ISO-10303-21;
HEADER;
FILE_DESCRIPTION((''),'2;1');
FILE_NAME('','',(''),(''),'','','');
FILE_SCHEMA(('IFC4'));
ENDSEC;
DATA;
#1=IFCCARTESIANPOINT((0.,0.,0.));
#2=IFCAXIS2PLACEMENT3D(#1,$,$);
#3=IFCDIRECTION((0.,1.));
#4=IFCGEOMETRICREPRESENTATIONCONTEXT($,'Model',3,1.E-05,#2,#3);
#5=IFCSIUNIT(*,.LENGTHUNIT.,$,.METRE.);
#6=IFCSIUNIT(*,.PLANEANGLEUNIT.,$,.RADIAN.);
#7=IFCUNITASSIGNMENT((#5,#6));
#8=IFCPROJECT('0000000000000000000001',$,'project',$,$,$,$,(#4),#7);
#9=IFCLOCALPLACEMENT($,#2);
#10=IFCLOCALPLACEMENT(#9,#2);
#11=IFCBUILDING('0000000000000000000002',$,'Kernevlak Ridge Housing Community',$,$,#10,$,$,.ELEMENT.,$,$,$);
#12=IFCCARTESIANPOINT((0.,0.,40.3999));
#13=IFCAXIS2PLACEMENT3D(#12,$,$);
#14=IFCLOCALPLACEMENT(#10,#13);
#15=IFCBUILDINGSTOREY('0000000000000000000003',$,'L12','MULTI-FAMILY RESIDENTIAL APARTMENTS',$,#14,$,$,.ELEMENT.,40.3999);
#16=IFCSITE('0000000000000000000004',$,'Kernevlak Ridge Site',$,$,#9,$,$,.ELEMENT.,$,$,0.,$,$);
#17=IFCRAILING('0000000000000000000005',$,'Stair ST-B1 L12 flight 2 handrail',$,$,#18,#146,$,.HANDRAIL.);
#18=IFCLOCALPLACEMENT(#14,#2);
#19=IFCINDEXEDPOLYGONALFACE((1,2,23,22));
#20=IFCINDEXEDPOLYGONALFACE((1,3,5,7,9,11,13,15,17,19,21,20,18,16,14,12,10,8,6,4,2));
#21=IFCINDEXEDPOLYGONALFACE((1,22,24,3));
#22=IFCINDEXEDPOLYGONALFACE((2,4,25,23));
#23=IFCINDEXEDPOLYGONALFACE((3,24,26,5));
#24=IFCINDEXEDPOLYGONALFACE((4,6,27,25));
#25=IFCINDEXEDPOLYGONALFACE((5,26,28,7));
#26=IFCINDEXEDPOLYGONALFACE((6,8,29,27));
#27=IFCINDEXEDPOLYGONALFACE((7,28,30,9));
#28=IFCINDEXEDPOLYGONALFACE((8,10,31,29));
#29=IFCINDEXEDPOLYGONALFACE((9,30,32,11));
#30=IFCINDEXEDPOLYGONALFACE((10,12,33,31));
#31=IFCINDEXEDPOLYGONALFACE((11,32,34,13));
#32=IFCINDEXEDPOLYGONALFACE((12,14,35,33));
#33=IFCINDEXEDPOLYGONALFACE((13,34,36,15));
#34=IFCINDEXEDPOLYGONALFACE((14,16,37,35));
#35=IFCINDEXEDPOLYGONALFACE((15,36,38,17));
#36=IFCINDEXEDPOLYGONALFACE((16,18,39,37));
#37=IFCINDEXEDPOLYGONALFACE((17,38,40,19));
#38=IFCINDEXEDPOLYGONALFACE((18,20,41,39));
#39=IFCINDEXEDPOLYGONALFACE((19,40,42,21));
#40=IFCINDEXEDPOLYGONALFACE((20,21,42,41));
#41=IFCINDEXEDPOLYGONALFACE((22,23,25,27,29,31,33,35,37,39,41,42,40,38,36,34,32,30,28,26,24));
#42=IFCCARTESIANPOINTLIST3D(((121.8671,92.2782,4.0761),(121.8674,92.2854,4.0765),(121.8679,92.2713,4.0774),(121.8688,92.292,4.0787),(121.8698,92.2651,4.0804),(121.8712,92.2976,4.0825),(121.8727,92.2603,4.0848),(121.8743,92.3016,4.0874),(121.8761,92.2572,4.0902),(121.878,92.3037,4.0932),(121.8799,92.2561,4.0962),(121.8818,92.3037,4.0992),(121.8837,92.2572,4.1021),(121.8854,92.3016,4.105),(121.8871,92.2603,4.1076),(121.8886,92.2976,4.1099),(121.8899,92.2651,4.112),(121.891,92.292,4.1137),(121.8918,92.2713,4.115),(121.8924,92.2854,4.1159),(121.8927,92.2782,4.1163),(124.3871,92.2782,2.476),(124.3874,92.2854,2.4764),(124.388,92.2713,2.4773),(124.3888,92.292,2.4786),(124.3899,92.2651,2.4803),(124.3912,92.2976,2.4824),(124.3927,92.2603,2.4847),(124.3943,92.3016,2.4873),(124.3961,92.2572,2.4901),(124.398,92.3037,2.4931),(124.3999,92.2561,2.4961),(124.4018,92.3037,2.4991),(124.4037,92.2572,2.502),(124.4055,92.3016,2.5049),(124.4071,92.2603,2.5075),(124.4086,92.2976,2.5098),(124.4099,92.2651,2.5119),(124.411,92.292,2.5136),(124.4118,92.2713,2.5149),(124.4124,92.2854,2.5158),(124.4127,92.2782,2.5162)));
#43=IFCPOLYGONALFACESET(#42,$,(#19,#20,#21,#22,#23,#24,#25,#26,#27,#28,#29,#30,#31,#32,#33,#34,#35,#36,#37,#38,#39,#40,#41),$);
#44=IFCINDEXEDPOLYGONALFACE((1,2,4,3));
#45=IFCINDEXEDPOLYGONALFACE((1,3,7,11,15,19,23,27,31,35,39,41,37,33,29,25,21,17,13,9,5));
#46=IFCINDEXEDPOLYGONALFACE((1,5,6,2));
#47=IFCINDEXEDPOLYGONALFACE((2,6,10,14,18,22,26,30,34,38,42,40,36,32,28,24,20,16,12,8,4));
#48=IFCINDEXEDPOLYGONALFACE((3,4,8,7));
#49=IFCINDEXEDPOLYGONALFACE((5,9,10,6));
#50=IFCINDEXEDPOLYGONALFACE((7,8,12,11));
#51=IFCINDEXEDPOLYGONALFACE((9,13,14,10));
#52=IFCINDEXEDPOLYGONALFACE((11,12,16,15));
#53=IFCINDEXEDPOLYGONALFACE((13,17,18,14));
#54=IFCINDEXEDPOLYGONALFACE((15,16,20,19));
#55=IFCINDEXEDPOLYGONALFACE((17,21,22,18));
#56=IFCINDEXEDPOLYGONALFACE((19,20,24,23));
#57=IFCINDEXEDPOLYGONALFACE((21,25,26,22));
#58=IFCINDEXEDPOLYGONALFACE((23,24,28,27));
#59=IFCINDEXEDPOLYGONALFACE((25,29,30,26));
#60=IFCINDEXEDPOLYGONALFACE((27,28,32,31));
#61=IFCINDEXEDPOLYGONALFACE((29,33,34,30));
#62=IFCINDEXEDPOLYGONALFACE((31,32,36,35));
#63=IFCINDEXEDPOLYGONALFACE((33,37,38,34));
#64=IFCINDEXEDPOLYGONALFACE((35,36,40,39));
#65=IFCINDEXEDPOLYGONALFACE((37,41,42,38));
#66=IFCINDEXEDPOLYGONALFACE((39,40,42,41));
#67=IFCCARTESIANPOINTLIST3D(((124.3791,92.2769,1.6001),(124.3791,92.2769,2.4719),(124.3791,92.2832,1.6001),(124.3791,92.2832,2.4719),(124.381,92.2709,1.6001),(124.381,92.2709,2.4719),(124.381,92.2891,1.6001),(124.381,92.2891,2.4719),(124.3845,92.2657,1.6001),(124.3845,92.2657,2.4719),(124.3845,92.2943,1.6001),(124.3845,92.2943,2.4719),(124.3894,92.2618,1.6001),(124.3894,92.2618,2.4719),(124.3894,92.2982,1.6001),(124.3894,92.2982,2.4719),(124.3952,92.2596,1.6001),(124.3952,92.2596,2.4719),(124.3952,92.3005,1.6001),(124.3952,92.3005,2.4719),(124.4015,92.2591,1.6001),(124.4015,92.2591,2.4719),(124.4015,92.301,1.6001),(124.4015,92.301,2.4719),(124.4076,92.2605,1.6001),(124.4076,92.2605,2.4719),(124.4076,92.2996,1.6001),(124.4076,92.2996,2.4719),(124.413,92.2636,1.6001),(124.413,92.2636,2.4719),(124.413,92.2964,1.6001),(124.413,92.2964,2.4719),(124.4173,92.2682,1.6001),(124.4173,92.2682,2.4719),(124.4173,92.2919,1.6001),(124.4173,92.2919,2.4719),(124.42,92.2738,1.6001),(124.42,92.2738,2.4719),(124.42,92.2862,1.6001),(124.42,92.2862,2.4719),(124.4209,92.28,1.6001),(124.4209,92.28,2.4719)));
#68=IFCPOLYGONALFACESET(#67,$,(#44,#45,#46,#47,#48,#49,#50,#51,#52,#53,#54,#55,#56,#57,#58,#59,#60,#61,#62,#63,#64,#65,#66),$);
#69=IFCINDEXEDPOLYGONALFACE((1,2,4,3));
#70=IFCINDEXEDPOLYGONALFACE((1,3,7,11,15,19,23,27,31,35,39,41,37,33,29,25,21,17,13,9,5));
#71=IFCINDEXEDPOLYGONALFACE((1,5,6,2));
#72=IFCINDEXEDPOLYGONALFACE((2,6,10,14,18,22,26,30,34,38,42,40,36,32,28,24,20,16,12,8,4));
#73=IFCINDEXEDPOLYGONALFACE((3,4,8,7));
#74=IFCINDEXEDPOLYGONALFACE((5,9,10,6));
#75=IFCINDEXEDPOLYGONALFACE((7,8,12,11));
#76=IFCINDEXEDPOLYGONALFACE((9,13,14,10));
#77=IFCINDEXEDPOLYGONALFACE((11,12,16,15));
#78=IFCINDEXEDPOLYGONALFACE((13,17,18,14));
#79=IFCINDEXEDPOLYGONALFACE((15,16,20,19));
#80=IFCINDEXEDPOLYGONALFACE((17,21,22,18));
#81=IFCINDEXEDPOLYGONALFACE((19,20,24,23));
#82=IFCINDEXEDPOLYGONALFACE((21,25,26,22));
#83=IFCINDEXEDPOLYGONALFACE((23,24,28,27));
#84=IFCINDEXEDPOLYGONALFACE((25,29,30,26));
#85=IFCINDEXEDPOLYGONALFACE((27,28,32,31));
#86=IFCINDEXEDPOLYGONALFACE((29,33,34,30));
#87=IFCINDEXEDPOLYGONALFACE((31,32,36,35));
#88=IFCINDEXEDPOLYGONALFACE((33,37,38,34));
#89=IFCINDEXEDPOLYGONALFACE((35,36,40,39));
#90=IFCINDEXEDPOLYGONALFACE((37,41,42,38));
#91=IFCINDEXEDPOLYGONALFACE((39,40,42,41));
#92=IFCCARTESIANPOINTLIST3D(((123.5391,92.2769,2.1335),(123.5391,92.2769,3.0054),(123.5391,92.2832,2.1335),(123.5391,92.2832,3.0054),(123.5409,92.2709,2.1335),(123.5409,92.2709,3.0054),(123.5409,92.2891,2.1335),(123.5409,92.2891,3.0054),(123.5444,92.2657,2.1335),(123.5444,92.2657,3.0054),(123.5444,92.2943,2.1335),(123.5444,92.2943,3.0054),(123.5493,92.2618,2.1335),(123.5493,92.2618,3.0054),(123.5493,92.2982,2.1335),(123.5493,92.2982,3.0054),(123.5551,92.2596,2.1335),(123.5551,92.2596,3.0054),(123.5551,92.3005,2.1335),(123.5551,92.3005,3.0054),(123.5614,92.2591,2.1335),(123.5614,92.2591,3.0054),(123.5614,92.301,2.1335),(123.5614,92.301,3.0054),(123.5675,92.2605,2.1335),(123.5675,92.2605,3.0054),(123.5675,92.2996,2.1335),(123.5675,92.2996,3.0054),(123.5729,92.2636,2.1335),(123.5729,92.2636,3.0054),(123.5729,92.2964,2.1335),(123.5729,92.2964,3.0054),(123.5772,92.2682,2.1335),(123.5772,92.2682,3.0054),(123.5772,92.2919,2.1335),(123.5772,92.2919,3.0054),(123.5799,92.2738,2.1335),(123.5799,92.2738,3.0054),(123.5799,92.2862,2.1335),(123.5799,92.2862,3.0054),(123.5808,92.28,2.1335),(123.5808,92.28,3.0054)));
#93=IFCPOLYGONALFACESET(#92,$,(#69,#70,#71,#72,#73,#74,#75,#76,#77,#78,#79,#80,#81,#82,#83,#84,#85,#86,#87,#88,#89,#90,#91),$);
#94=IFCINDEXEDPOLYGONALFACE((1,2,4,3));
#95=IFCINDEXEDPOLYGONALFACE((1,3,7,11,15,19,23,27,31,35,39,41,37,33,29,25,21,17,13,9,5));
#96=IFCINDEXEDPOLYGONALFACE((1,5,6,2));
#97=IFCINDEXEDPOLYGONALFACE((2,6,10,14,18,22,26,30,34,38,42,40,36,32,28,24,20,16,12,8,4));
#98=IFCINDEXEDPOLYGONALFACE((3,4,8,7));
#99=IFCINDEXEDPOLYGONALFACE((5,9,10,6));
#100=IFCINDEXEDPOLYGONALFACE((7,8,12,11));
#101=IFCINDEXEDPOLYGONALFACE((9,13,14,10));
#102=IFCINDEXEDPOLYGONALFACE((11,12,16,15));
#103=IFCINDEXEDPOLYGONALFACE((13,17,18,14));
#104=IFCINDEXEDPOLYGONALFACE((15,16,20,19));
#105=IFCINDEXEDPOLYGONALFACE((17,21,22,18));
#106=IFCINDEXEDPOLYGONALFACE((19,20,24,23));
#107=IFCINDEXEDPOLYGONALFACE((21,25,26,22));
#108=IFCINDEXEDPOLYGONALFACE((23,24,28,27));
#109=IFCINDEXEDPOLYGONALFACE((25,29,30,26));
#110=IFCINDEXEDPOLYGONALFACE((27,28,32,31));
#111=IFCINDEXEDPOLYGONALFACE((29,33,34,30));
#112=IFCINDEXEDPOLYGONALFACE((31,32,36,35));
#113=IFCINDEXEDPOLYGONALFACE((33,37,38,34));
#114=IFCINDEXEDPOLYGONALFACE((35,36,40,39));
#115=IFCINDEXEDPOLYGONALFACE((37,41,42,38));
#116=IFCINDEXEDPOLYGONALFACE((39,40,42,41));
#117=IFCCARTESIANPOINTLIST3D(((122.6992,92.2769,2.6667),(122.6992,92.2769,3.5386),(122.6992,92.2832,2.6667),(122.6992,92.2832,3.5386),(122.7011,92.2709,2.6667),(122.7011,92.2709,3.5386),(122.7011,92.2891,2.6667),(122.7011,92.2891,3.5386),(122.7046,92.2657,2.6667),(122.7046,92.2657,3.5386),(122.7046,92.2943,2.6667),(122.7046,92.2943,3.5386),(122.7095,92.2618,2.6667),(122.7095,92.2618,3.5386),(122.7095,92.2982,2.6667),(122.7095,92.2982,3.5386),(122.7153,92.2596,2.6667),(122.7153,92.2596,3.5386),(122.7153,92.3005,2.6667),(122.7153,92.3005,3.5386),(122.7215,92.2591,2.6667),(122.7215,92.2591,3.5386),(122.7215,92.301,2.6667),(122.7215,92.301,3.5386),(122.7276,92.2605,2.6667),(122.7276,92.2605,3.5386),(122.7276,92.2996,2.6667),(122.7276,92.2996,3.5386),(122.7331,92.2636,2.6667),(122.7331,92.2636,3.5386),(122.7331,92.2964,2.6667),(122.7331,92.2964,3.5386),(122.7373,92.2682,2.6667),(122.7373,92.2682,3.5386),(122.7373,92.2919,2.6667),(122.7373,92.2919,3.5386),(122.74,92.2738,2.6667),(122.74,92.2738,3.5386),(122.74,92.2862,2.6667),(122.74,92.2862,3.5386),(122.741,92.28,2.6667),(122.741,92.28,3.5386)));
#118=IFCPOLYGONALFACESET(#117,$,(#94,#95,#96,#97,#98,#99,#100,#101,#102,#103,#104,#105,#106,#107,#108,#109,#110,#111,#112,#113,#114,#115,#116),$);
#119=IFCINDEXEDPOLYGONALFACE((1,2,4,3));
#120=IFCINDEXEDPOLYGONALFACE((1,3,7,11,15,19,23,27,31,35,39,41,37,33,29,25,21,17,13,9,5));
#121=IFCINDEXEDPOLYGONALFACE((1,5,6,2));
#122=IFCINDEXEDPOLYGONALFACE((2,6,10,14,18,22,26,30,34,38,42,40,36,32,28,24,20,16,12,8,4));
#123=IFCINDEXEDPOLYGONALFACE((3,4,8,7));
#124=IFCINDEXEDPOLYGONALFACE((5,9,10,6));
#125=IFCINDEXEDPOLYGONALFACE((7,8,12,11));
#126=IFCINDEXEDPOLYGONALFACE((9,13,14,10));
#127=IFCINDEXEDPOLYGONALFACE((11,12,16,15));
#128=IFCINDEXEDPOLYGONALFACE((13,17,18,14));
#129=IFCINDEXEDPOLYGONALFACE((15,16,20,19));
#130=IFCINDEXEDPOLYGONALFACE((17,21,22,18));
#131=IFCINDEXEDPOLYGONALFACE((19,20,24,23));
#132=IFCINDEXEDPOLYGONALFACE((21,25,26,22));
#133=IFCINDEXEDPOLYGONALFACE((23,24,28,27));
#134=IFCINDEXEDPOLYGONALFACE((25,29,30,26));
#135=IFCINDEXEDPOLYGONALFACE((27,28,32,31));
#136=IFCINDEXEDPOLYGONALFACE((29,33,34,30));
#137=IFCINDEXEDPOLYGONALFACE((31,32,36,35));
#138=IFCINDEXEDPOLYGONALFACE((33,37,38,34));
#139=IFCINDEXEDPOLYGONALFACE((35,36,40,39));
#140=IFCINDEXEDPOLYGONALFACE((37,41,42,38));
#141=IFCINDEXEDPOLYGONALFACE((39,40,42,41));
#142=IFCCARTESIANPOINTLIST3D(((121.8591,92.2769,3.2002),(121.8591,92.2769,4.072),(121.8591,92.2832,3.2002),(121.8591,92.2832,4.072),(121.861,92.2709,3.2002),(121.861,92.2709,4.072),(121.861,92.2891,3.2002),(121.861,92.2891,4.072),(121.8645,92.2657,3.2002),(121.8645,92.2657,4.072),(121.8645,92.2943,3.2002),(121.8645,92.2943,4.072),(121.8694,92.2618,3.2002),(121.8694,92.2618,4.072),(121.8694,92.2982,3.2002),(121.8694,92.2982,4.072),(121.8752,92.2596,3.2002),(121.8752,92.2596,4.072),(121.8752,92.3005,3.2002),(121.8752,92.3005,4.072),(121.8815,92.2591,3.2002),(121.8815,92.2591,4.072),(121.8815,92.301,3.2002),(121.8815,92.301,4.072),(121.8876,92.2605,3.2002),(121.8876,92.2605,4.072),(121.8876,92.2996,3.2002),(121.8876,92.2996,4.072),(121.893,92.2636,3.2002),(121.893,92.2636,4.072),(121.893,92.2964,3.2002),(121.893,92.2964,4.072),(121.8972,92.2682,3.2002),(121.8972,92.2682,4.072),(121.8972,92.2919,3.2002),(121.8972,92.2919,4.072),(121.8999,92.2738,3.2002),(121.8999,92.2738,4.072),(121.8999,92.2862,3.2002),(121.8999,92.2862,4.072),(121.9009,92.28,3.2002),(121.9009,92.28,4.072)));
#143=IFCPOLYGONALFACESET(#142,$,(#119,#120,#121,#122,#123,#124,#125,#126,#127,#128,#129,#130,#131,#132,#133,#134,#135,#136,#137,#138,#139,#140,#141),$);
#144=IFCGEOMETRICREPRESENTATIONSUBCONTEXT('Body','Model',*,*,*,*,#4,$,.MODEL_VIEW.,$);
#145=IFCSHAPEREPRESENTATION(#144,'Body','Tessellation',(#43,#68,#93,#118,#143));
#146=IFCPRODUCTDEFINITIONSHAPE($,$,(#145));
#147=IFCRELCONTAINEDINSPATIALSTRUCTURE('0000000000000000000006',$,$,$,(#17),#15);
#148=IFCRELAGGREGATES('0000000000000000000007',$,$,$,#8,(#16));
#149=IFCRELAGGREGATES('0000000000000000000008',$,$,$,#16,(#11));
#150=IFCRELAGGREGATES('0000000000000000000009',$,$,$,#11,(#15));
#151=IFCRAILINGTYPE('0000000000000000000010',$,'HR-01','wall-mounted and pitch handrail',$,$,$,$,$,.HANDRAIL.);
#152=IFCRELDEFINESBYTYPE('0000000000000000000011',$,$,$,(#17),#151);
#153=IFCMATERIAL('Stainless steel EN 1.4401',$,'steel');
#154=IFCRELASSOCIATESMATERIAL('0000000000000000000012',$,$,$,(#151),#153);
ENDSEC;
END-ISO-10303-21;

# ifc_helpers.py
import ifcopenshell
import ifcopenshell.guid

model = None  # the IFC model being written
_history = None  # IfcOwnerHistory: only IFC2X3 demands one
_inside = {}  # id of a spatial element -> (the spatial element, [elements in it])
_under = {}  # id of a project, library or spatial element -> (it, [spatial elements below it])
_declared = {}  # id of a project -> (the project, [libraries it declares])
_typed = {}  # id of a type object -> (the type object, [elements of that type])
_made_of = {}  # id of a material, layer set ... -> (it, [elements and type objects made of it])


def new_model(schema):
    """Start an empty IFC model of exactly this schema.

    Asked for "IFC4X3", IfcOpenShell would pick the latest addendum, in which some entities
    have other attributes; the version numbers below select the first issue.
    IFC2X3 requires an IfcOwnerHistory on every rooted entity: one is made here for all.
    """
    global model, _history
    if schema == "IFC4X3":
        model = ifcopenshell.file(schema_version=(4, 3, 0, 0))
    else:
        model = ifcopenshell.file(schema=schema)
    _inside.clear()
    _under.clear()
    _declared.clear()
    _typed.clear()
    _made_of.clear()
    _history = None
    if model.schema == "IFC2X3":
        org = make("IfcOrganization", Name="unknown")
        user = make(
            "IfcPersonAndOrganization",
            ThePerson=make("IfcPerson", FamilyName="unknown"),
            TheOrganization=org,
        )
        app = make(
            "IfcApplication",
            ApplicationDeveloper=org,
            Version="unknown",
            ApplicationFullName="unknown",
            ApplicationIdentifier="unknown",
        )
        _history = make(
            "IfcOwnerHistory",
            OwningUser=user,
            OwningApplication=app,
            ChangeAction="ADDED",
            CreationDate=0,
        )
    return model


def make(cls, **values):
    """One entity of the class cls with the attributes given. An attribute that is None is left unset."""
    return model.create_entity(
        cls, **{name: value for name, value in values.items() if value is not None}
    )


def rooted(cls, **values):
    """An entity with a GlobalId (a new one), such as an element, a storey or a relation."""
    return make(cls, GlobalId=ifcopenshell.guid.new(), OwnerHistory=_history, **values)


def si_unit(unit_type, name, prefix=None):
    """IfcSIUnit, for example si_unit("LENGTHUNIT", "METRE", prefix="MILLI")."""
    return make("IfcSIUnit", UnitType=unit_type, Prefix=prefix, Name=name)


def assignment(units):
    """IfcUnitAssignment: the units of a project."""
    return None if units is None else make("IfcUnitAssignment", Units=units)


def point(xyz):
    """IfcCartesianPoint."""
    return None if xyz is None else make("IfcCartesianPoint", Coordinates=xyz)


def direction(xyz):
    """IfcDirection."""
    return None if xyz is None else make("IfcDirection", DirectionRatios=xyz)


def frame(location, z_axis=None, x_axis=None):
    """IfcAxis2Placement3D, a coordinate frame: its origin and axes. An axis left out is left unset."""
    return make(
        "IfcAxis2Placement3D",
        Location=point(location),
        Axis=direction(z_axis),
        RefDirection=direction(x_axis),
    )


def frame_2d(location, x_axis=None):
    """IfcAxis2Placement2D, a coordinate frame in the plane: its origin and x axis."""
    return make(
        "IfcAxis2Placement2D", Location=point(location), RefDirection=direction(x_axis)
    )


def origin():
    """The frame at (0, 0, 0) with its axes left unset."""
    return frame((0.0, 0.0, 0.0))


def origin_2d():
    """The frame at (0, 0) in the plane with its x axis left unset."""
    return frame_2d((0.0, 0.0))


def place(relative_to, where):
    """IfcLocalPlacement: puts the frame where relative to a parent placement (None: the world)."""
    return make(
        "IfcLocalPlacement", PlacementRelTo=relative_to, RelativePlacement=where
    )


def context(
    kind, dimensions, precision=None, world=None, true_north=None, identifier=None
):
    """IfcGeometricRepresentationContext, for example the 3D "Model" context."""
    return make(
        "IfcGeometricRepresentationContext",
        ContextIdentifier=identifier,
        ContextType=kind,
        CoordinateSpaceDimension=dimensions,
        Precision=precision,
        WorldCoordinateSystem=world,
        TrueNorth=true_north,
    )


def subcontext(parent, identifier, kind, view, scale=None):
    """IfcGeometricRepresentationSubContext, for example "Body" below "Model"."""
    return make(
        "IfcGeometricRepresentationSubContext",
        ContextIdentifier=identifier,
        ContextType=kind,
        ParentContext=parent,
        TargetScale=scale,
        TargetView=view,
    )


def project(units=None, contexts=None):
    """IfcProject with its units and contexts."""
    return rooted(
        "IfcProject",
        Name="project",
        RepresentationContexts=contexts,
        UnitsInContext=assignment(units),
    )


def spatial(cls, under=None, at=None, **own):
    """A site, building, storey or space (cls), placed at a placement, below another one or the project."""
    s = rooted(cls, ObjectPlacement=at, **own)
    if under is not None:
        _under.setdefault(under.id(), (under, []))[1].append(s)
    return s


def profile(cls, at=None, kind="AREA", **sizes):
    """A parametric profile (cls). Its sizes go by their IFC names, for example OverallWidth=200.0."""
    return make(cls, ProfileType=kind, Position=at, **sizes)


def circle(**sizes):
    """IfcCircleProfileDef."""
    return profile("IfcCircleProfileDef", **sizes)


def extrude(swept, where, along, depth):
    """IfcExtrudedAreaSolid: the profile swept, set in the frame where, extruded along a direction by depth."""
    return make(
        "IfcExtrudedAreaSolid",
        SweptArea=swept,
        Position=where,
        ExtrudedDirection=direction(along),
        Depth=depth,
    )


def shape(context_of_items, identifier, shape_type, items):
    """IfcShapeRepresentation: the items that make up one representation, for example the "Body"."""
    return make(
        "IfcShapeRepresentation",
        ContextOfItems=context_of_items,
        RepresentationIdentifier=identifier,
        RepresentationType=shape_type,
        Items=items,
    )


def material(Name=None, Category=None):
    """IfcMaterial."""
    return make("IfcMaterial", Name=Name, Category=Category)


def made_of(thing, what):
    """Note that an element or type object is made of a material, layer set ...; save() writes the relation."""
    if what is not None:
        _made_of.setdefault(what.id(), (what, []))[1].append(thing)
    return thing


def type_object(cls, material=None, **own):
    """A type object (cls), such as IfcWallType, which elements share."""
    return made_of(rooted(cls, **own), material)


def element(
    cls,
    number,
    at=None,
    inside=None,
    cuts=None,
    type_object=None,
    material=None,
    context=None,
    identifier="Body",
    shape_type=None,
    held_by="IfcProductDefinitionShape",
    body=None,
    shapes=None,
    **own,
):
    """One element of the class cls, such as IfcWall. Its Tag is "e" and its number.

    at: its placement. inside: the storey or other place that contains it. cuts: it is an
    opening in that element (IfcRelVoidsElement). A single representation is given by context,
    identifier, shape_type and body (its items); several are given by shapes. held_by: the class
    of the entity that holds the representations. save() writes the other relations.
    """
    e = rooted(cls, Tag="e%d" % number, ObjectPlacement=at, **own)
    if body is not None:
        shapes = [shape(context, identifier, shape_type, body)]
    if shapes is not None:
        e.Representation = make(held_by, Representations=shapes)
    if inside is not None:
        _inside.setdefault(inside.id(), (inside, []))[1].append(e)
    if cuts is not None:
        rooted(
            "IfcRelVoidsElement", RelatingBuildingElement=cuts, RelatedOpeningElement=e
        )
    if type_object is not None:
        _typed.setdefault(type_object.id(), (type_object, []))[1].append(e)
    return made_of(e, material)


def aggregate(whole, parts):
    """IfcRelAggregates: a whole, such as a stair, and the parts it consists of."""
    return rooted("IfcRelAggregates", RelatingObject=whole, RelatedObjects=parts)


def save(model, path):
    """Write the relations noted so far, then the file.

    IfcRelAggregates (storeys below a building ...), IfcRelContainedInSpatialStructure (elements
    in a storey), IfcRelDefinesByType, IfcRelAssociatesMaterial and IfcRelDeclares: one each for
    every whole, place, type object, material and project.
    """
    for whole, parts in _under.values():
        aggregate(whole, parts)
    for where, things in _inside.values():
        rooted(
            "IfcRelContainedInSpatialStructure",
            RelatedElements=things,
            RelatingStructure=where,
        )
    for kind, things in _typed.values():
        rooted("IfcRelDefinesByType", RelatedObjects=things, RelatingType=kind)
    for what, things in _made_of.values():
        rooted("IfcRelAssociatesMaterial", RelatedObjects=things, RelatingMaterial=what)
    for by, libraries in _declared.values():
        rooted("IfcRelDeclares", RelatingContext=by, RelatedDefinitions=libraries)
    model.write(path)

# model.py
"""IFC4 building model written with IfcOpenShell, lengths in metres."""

from ifc_helpers import new_model, si_unit, direction, frame, origin, origin_2d, place, context, subcontext, project, spatial, circle, extrude, material, type_object, element, save


model = new_model("IFC4")

# Units and contexts
model_context = context("Model", 3, precision=1e-05, world=origin(), true_north=direction((0.0, 1.0)))
body_context = subcontext(model_context, "Body", "Model", "MODEL_VIEW")
ifc_project = project(units=[si_unit("LENGTHUNIT", "METRE"), si_unit("PLANEANGLEUNIT", "RADIAN")], contexts=[model_context])

# Site, building, storey
site_placement = place(None, origin())
site = spatial("IfcSite", under=ifc_project, at=site_placement, Name="Kernevlak Ridge Site", CompositionType="ELEMENT", RefElevation=0.0)
building_placement = place(site_placement, origin())
building = spatial("IfcBuilding", under=site, at=building_placement, Name="Kernevlak Ridge Housing Community", CompositionType="ELEMENT")
storey_placement = place(building_placement, frame((0.0, 0.0, 40.3999)))
storey = spatial("IfcBuildingStorey", under=building, at=storey_placement, Name="L12", Description="MULTI-FAMILY RESIDENTIAL APARTMENTS", CompositionType="ELEMENT", Elevation=40.3999)

# Railing
ifc_material_1 = material(Name="Stainless steel EN 1.4401", Category="steel")
railing_type_1 = type_object("IfcRailingType", Name="HR-01", Description="wall-mounted and pitch handrail", PredefinedType="HANDRAIL", material=ifc_material_1)
railing_1_placement = place(storey_placement, frame((124.3999, 92.28, 1.6001)))
element("IfcRailing", 1, at=railing_1_placement, inside=storey, type_object=railing_type_1, Name="Stair ST-B1 L12 flight 2 handrail", PredefinedType="HANDRAIL", context=body_context, shape_type="SweptSolid", body=[
    extrude(circle(Radius=0.0239, at=origin_2d()), frame((0.0, 0.0, 0.896), z_axis=(-0.8442, 0.0, 0.536028), x_axis=(0.0, -1.0, 0.0)), (0.0, 0.0, 1.0), 2.9851),
    extrude(circle(Radius=0.021, at=origin_2d()), origin(), (0.0, 0.0, 1.0), 0.8718),
    extrude(circle(Radius=0.021, at=origin_2d()), frame((-0.8401, 0.0, 0.5334)), (0.0, 0.0, 1.0), 0.8718),
    extrude(circle(Radius=0.021, at=origin_2d()), frame((-1.6799, 0.0, 1.0667)), (0.0, 0.0, 1.0), 0.8718),
    extrude(circle(Radius=0.021, at=origin_2d()), frame((-2.52, 0.0, 1.6001)), (0.0, 0.0, 1.0), 0.8718),
])

save(model, "model.ifc")
